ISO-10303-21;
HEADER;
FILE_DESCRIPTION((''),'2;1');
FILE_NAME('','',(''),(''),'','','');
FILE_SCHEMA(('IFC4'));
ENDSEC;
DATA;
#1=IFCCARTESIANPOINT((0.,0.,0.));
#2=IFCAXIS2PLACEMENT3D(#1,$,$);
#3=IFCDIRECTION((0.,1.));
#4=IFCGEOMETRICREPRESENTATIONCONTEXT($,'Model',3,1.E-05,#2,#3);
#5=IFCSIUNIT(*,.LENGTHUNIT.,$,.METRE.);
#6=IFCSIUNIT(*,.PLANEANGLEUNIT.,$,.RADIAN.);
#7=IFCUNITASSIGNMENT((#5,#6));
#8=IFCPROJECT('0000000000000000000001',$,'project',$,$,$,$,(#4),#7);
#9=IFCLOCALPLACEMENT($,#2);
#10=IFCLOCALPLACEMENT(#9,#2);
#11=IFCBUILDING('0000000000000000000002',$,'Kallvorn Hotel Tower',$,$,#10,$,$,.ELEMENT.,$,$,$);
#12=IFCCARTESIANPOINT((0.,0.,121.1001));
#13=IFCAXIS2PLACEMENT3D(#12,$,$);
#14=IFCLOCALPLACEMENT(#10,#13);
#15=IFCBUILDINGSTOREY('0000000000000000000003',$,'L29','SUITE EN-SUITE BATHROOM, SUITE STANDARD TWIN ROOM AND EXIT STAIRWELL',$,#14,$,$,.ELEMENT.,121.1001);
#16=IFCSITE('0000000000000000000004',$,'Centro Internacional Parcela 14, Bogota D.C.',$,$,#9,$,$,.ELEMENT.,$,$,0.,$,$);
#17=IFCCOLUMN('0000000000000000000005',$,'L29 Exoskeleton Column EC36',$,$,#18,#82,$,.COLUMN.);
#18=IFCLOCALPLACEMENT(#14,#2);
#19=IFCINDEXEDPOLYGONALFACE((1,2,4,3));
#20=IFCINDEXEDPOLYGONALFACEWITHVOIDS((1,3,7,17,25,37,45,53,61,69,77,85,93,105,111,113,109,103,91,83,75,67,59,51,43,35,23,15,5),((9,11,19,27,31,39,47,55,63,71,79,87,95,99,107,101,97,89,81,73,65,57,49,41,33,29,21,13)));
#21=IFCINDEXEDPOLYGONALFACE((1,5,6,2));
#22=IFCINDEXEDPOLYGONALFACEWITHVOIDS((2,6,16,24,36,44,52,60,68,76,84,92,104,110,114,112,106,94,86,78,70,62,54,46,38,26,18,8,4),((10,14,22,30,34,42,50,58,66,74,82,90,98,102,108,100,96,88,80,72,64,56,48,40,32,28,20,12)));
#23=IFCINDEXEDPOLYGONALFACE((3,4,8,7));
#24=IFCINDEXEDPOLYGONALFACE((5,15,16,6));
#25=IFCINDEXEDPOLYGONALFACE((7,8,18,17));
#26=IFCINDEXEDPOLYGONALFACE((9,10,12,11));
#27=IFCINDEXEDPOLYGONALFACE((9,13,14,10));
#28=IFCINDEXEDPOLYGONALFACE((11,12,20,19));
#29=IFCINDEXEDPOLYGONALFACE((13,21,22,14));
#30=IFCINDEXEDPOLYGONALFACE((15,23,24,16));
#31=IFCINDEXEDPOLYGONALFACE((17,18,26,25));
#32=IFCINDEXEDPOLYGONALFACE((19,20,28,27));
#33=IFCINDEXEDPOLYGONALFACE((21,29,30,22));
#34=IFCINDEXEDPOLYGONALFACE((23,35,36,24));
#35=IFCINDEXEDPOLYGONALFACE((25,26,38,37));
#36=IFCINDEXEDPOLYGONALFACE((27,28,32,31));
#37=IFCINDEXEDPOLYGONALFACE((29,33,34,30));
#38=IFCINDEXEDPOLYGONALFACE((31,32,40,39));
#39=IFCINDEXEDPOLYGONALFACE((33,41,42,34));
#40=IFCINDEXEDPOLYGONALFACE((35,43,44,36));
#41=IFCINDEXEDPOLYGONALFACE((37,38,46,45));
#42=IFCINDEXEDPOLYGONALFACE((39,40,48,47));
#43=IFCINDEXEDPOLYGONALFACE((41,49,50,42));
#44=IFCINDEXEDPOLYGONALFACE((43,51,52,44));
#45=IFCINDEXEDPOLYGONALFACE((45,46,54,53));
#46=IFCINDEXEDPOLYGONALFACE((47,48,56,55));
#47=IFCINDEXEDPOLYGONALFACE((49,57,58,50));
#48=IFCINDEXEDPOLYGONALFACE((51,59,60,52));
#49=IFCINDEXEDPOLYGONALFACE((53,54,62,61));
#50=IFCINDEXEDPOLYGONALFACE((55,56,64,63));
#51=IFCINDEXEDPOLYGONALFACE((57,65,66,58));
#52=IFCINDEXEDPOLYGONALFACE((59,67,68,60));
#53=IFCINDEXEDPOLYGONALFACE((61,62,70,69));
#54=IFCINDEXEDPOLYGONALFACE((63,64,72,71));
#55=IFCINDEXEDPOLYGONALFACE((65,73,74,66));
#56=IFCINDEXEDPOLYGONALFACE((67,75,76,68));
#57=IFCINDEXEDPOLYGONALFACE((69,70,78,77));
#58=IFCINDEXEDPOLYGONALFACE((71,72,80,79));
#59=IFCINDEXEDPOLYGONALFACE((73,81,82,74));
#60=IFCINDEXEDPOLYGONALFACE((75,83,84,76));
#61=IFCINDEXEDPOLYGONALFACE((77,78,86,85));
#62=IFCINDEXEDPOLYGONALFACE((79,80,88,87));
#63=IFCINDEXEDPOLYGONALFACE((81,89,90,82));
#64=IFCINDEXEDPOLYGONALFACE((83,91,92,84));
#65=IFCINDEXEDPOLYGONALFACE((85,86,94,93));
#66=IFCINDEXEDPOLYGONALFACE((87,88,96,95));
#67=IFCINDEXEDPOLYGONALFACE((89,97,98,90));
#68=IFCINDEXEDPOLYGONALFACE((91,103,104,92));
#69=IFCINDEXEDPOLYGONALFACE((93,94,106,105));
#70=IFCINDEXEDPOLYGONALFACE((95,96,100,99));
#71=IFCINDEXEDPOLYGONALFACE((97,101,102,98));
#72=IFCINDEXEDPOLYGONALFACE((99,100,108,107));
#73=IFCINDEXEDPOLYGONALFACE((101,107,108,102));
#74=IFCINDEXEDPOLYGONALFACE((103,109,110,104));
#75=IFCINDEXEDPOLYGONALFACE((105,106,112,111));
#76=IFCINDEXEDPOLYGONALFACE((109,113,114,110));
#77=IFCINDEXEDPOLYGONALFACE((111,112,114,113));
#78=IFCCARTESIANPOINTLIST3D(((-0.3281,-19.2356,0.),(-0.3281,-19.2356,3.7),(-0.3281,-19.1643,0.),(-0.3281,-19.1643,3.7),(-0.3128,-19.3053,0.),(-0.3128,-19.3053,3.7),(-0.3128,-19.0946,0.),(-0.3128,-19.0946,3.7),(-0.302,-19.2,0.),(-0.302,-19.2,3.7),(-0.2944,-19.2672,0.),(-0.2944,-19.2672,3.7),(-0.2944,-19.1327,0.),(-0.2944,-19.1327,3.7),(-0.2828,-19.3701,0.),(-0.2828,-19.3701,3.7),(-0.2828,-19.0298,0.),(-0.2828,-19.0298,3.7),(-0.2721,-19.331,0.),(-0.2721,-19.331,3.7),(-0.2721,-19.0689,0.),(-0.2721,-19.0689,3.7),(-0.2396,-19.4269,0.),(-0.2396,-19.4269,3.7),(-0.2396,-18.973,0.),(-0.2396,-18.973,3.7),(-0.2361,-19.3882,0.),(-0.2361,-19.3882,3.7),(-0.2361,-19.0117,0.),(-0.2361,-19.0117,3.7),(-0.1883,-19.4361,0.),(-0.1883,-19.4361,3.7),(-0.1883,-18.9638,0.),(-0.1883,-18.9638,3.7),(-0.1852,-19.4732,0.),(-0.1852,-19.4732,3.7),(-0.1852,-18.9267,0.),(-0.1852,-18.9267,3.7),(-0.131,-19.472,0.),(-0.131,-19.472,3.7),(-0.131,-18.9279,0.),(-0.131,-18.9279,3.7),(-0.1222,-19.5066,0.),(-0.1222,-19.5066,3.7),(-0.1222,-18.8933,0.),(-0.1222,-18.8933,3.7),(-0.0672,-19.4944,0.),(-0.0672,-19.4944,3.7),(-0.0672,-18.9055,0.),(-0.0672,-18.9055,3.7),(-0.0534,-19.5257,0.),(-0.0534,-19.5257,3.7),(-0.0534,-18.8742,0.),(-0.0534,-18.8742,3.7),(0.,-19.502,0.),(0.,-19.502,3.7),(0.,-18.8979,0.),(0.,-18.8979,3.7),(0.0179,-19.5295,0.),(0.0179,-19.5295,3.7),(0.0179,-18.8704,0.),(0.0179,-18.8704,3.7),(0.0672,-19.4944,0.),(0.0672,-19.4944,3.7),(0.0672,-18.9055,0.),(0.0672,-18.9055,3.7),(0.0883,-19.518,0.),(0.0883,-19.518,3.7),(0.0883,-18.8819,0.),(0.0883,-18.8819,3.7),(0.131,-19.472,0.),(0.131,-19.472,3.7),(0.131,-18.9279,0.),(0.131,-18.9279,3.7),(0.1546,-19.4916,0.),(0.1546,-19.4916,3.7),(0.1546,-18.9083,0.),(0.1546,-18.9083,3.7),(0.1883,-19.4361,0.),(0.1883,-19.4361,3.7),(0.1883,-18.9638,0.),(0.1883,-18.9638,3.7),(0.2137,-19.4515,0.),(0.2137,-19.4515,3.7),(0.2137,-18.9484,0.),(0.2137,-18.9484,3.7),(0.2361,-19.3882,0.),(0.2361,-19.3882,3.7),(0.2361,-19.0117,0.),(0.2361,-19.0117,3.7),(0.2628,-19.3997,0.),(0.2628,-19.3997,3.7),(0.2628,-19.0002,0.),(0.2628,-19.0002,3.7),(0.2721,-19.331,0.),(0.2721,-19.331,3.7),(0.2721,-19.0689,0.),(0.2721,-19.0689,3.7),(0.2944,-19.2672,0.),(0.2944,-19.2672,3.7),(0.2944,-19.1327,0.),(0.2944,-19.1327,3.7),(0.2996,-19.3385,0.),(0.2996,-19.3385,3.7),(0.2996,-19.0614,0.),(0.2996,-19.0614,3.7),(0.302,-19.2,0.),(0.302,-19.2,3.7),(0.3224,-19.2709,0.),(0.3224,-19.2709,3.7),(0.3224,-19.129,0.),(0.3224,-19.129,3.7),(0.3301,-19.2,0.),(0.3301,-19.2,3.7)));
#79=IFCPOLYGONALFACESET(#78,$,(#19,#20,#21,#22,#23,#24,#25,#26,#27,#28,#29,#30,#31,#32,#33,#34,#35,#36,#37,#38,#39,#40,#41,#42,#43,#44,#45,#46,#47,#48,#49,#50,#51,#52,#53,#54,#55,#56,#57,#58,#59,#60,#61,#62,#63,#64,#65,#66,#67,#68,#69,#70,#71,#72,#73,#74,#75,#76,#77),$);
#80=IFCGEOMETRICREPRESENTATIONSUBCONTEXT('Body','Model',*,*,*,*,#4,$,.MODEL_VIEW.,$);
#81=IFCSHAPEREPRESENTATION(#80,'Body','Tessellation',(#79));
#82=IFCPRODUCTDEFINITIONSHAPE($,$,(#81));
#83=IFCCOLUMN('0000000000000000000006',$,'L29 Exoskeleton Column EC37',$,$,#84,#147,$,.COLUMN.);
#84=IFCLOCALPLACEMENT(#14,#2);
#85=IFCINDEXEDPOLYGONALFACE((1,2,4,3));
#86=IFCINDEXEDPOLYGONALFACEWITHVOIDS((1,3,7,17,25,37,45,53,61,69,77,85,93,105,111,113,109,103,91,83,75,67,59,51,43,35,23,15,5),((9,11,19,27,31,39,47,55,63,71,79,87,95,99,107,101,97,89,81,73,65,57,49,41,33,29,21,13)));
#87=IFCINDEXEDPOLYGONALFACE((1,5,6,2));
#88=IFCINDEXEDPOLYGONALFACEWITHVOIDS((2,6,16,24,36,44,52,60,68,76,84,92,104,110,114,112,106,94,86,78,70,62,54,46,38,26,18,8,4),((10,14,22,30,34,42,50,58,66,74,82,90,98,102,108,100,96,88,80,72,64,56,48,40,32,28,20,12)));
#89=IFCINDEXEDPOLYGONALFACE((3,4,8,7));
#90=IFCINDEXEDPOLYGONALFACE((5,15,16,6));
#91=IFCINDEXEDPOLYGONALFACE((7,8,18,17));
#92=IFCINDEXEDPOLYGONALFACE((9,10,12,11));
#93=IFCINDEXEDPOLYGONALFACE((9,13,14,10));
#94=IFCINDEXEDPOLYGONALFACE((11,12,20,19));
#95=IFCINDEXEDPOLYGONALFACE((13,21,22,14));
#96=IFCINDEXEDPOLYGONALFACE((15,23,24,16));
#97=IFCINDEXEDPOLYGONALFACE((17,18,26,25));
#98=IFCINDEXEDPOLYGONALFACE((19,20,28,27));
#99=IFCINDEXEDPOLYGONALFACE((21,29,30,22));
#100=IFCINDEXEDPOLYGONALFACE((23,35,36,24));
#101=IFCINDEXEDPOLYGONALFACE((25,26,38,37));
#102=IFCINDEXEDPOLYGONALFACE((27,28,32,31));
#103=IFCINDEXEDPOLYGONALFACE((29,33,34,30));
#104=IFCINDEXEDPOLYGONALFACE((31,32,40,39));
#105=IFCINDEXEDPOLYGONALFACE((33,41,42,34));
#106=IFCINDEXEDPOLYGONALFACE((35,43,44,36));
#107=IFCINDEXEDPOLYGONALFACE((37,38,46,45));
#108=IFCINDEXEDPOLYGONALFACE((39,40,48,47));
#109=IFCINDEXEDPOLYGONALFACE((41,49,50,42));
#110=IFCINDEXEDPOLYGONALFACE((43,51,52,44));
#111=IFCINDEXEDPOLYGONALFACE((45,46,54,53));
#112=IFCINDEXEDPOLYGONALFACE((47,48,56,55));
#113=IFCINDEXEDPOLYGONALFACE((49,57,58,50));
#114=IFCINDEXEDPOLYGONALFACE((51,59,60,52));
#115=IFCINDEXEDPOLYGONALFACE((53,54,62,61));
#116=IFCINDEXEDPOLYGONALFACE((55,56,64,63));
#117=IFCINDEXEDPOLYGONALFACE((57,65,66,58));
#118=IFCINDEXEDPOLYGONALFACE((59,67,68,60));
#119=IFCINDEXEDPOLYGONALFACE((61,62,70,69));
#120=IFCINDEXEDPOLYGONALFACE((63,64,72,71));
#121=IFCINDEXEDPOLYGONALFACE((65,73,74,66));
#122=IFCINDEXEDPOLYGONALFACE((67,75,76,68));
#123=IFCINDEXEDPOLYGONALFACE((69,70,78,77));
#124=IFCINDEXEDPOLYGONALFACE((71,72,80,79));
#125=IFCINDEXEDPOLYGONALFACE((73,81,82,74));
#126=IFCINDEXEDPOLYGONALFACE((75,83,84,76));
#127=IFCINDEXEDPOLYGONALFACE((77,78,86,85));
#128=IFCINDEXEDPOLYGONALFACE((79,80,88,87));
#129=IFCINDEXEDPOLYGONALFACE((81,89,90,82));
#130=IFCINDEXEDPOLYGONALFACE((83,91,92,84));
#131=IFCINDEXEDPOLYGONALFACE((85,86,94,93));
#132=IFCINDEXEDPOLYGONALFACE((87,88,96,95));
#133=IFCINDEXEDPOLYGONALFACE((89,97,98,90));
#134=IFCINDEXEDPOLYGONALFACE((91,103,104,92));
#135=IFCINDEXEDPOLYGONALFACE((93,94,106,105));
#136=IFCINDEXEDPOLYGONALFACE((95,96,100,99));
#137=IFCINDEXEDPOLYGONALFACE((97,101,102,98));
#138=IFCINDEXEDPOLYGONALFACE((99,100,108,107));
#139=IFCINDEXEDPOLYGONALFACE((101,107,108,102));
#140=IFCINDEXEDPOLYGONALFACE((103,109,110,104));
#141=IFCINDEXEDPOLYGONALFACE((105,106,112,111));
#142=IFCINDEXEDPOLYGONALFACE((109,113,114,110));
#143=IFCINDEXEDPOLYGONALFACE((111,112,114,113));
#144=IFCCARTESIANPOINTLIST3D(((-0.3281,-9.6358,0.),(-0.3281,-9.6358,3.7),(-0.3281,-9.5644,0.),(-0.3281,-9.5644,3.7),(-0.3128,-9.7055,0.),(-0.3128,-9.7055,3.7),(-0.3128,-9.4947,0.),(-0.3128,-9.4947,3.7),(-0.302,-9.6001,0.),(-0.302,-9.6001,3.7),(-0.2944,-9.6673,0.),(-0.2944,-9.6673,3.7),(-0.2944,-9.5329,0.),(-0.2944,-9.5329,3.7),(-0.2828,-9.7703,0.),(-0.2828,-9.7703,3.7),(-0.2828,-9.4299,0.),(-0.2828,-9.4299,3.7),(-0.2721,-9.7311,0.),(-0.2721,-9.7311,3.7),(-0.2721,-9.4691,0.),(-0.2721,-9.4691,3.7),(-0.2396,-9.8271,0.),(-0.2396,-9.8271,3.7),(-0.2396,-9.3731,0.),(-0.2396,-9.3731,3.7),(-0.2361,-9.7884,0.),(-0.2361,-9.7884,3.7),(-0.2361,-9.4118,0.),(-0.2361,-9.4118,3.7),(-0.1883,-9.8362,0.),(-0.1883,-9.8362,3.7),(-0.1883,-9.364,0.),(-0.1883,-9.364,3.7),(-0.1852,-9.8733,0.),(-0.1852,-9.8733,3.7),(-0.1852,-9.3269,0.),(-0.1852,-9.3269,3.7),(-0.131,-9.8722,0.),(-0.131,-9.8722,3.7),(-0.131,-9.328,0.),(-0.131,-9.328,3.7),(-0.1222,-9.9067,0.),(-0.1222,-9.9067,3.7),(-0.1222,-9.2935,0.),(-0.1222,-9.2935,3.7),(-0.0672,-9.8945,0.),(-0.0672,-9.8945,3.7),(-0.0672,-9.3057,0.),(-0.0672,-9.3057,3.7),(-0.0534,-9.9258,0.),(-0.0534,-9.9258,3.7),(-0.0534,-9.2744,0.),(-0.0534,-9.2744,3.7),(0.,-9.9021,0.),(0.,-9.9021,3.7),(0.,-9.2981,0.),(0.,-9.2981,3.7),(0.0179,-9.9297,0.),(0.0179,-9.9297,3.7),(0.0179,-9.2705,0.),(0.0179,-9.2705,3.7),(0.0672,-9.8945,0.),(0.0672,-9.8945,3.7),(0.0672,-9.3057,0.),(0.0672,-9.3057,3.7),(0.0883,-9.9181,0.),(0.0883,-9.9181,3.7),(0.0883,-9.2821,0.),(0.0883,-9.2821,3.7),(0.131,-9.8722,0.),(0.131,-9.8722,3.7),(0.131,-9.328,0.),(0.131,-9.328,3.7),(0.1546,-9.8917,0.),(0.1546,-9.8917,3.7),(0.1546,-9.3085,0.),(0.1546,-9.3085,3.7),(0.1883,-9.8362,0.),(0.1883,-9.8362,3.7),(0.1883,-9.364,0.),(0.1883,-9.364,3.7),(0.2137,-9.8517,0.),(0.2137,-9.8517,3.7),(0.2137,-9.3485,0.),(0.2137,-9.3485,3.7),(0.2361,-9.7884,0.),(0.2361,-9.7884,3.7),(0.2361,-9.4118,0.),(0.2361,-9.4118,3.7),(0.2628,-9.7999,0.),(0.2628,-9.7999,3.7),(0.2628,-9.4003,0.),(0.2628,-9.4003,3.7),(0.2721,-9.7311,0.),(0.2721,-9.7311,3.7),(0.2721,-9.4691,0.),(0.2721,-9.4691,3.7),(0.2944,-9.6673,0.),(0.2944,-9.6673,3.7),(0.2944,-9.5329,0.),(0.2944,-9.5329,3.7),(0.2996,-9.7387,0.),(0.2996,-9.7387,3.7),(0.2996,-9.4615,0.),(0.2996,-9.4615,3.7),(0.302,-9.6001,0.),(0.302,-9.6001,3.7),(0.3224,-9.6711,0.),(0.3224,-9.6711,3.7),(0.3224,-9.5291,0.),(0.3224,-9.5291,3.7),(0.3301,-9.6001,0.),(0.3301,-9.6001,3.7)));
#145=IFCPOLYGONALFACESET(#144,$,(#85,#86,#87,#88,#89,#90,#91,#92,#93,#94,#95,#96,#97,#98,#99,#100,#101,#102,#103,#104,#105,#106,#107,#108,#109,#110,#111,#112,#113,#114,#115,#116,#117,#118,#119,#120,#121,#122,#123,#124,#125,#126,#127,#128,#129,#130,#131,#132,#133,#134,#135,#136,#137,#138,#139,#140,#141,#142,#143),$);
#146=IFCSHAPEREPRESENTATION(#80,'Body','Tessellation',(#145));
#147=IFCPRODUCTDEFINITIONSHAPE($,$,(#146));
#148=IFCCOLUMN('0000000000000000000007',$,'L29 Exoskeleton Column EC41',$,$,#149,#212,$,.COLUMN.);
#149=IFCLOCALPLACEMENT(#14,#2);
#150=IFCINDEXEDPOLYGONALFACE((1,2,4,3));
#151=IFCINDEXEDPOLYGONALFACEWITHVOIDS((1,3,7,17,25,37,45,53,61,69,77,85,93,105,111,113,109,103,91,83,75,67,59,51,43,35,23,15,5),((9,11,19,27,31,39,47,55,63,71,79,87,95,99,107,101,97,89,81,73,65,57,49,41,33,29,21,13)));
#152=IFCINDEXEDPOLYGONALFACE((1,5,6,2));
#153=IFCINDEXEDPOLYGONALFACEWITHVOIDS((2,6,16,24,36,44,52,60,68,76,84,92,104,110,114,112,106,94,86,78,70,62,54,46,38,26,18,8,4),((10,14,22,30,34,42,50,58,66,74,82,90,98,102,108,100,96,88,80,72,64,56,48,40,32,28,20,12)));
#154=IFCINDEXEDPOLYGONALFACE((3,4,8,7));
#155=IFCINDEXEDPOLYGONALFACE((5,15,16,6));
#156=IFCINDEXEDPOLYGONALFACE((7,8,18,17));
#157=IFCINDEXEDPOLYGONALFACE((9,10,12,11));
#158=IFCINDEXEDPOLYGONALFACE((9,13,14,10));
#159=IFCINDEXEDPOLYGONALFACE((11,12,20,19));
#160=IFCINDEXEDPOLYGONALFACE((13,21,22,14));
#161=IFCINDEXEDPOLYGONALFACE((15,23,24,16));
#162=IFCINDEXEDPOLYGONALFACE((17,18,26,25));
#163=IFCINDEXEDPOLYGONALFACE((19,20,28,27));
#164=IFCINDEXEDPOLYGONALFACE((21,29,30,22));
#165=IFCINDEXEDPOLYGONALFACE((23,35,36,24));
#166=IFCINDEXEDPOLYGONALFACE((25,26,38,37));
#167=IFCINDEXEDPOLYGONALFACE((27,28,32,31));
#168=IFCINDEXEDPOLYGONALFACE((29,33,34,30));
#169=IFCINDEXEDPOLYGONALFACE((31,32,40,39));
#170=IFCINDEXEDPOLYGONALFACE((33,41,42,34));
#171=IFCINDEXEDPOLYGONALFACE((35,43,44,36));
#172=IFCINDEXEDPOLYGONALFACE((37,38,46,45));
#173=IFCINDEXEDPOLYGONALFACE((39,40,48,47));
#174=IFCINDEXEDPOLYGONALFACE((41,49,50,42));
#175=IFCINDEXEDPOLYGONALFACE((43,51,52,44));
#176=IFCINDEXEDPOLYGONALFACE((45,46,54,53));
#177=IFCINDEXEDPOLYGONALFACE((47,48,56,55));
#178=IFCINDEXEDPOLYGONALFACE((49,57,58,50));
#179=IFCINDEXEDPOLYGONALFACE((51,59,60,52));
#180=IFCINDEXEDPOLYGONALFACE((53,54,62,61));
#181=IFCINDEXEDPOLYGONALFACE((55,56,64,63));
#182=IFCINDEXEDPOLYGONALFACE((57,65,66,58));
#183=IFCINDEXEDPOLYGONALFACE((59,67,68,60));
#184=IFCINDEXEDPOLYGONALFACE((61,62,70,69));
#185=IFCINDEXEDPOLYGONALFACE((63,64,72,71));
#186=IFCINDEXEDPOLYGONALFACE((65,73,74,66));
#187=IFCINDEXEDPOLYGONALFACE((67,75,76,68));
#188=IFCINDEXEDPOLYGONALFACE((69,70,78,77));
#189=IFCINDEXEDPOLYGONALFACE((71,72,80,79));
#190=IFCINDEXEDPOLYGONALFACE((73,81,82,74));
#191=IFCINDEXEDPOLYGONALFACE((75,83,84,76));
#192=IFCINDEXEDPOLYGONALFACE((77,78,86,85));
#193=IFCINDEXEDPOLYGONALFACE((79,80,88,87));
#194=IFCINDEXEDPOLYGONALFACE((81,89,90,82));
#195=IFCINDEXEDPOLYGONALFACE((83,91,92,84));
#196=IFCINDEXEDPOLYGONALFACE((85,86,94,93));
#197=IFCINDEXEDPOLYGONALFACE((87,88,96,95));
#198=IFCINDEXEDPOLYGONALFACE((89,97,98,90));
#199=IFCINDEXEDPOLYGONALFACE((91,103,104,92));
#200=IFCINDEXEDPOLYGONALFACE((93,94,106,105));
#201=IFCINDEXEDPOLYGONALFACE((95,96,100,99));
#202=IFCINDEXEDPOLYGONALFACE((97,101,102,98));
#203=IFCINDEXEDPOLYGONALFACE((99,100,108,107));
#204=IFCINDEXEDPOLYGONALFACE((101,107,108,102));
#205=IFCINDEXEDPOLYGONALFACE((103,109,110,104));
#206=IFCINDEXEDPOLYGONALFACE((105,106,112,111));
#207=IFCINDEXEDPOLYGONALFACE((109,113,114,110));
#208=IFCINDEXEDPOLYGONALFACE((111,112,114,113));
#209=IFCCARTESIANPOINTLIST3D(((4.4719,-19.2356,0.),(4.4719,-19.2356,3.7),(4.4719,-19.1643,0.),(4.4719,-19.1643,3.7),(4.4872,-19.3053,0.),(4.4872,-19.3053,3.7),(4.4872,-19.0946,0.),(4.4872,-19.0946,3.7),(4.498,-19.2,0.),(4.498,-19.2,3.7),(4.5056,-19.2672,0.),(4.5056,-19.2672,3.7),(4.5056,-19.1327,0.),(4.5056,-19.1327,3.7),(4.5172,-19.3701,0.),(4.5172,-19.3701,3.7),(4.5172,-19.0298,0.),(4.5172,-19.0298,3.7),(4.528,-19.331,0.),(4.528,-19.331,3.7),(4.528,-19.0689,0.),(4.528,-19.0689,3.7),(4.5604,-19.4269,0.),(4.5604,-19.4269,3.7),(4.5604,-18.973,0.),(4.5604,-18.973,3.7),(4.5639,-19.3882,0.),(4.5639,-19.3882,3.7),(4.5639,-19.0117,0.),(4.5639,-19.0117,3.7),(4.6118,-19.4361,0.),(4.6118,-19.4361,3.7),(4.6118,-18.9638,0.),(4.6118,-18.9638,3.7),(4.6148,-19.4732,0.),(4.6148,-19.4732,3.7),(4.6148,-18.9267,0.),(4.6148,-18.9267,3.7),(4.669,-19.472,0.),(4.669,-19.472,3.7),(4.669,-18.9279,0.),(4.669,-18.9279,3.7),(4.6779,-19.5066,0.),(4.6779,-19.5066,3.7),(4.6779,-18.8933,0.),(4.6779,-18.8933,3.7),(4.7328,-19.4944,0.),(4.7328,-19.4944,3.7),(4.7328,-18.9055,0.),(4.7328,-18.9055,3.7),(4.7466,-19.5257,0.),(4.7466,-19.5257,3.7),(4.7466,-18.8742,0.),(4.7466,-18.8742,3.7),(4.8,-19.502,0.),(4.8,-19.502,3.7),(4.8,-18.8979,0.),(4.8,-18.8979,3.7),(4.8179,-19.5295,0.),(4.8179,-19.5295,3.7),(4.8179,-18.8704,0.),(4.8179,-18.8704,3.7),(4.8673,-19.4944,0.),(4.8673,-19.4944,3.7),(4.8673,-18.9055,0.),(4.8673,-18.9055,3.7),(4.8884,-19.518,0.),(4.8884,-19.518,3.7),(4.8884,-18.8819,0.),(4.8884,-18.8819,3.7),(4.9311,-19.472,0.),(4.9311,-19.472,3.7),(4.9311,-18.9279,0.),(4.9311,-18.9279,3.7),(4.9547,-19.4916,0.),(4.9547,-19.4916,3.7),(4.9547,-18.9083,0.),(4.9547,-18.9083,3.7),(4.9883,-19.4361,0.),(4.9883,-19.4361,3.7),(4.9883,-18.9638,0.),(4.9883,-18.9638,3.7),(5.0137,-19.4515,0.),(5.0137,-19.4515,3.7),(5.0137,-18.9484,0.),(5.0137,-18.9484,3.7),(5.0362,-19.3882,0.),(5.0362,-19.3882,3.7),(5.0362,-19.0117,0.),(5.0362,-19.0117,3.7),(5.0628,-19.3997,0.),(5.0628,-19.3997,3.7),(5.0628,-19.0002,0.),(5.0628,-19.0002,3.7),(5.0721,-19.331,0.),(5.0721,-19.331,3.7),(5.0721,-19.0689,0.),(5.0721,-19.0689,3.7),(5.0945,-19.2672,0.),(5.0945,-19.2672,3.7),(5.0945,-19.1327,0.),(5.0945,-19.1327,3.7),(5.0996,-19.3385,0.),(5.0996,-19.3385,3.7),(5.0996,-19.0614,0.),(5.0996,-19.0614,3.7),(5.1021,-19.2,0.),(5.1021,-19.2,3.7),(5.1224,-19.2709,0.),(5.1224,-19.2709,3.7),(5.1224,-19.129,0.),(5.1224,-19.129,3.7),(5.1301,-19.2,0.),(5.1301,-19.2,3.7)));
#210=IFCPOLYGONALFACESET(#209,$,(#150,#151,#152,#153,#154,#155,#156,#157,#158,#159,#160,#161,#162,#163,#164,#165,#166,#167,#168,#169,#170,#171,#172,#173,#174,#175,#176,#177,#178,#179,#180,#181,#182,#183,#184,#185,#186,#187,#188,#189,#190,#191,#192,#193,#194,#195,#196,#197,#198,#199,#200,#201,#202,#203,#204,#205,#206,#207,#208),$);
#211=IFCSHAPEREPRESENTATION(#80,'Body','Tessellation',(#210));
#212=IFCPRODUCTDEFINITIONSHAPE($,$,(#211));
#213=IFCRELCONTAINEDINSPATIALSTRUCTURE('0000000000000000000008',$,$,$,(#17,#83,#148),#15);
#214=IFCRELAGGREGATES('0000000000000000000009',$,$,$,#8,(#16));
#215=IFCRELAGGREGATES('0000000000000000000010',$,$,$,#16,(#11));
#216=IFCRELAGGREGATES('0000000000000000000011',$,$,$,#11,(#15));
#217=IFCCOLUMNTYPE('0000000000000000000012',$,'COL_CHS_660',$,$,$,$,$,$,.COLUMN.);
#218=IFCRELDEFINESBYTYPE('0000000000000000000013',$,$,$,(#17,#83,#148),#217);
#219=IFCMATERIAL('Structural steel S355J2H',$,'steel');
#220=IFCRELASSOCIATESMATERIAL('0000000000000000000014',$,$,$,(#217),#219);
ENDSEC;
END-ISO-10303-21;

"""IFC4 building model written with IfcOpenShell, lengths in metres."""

from ifc_helpers import new_model, si_unit, direction, frame, origin, origin_2d, place, context, subcontext, project, spatial, hollow_circle, extrude, material, material_profile, profile_set, type_object, element, save


model = new_model("IFC4")

# Units and contexts
model_context = context("Model", 3, precision=1e-05, world=origin(), true_north=direction((0.0, 1.0)))
body_context = subcontext(model_context, "Body", "Model", "MODEL_VIEW")
ifc_project = project(units=[si_unit("LENGTHUNIT", "METRE"), si_unit("PLANEANGLEUNIT", "RADIAN")], contexts=[model_context])

# Site, building, storey
site_placement = place(None, origin())
site = spatial("IfcSite", under=ifc_project, at=site_placement, Name="Centro Internacional Parcela 14, Bogota D.C.", CompositionType="ELEMENT", RefElevation=0.0)
building_placement = place(site_placement, origin())
building = spatial("IfcBuilding", under=site, at=building_placement, Name="Kallvorn Hotel Tower", CompositionType="ELEMENT")
storey_placement = place(building_placement, frame((0.0, 0.0, 121.1001)))
storey = spatial("IfcBuildingStorey", under=building, at=storey_placement, Name="L29", Description="SUITE EN-SUITE BATHROOM, SUITE STANDARD TWIN ROOM AND EXIT STAIRWELL", CompositionType="ELEMENT", Elevation=121.1001)

# Columns
ifc_material_1 = material(Name="Structural steel S355J2H", Category="steel")
ifc_material_profile_1 = material_profile(ifc_material_1, hollow_circle(Radius=0.3301, WallThickness=0.0281, at=origin_2d()), Name="CHS 660x28")
ifc_profile_set_1 = profile_set([ifc_material_profile_1], Name="Structural steel S355J2H")
column_type_1 = type_object("IfcColumnType", Name="COL_CHS_660", PredefinedType="COLUMN", material=ifc_profile_set_1)
for number, where, z_axis, x_axis, name in (
    (1, (0.0, -19.2, 0.0), (0.0, 0.0, 1.0), (1.0, 0.0, 0.0), "L29 Exoskeleton Column EC36"),
    (2, (0.0, -9.6001, 0.0), (0.0, 0.0, 1.0), (1.0, 0.0, 0.0), "L29 Exoskeleton Column EC37"),
    (3, (4.8, -19.2, 0.0), (0.0, 0.0, 1.0), (1.0, 0.0, 0.0), "L29 Exoskeleton Column EC41"),
):
    element("IfcColumn", number, at=place(storey_placement, frame(where, z_axis=z_axis, x_axis=x_axis)), inside=storey, type_object=column_type_1, Name=name, PredefinedType="COLUMN", context=body_context, shape_type="SweptSolid", body=[
        extrude(hollow_circle(Radius=0.3301, WallThickness=0.0281, at=origin_2d()), origin(), (0.0, 0.0, 1.0), 3.7),
    ])

save(model, "model.ifc")
